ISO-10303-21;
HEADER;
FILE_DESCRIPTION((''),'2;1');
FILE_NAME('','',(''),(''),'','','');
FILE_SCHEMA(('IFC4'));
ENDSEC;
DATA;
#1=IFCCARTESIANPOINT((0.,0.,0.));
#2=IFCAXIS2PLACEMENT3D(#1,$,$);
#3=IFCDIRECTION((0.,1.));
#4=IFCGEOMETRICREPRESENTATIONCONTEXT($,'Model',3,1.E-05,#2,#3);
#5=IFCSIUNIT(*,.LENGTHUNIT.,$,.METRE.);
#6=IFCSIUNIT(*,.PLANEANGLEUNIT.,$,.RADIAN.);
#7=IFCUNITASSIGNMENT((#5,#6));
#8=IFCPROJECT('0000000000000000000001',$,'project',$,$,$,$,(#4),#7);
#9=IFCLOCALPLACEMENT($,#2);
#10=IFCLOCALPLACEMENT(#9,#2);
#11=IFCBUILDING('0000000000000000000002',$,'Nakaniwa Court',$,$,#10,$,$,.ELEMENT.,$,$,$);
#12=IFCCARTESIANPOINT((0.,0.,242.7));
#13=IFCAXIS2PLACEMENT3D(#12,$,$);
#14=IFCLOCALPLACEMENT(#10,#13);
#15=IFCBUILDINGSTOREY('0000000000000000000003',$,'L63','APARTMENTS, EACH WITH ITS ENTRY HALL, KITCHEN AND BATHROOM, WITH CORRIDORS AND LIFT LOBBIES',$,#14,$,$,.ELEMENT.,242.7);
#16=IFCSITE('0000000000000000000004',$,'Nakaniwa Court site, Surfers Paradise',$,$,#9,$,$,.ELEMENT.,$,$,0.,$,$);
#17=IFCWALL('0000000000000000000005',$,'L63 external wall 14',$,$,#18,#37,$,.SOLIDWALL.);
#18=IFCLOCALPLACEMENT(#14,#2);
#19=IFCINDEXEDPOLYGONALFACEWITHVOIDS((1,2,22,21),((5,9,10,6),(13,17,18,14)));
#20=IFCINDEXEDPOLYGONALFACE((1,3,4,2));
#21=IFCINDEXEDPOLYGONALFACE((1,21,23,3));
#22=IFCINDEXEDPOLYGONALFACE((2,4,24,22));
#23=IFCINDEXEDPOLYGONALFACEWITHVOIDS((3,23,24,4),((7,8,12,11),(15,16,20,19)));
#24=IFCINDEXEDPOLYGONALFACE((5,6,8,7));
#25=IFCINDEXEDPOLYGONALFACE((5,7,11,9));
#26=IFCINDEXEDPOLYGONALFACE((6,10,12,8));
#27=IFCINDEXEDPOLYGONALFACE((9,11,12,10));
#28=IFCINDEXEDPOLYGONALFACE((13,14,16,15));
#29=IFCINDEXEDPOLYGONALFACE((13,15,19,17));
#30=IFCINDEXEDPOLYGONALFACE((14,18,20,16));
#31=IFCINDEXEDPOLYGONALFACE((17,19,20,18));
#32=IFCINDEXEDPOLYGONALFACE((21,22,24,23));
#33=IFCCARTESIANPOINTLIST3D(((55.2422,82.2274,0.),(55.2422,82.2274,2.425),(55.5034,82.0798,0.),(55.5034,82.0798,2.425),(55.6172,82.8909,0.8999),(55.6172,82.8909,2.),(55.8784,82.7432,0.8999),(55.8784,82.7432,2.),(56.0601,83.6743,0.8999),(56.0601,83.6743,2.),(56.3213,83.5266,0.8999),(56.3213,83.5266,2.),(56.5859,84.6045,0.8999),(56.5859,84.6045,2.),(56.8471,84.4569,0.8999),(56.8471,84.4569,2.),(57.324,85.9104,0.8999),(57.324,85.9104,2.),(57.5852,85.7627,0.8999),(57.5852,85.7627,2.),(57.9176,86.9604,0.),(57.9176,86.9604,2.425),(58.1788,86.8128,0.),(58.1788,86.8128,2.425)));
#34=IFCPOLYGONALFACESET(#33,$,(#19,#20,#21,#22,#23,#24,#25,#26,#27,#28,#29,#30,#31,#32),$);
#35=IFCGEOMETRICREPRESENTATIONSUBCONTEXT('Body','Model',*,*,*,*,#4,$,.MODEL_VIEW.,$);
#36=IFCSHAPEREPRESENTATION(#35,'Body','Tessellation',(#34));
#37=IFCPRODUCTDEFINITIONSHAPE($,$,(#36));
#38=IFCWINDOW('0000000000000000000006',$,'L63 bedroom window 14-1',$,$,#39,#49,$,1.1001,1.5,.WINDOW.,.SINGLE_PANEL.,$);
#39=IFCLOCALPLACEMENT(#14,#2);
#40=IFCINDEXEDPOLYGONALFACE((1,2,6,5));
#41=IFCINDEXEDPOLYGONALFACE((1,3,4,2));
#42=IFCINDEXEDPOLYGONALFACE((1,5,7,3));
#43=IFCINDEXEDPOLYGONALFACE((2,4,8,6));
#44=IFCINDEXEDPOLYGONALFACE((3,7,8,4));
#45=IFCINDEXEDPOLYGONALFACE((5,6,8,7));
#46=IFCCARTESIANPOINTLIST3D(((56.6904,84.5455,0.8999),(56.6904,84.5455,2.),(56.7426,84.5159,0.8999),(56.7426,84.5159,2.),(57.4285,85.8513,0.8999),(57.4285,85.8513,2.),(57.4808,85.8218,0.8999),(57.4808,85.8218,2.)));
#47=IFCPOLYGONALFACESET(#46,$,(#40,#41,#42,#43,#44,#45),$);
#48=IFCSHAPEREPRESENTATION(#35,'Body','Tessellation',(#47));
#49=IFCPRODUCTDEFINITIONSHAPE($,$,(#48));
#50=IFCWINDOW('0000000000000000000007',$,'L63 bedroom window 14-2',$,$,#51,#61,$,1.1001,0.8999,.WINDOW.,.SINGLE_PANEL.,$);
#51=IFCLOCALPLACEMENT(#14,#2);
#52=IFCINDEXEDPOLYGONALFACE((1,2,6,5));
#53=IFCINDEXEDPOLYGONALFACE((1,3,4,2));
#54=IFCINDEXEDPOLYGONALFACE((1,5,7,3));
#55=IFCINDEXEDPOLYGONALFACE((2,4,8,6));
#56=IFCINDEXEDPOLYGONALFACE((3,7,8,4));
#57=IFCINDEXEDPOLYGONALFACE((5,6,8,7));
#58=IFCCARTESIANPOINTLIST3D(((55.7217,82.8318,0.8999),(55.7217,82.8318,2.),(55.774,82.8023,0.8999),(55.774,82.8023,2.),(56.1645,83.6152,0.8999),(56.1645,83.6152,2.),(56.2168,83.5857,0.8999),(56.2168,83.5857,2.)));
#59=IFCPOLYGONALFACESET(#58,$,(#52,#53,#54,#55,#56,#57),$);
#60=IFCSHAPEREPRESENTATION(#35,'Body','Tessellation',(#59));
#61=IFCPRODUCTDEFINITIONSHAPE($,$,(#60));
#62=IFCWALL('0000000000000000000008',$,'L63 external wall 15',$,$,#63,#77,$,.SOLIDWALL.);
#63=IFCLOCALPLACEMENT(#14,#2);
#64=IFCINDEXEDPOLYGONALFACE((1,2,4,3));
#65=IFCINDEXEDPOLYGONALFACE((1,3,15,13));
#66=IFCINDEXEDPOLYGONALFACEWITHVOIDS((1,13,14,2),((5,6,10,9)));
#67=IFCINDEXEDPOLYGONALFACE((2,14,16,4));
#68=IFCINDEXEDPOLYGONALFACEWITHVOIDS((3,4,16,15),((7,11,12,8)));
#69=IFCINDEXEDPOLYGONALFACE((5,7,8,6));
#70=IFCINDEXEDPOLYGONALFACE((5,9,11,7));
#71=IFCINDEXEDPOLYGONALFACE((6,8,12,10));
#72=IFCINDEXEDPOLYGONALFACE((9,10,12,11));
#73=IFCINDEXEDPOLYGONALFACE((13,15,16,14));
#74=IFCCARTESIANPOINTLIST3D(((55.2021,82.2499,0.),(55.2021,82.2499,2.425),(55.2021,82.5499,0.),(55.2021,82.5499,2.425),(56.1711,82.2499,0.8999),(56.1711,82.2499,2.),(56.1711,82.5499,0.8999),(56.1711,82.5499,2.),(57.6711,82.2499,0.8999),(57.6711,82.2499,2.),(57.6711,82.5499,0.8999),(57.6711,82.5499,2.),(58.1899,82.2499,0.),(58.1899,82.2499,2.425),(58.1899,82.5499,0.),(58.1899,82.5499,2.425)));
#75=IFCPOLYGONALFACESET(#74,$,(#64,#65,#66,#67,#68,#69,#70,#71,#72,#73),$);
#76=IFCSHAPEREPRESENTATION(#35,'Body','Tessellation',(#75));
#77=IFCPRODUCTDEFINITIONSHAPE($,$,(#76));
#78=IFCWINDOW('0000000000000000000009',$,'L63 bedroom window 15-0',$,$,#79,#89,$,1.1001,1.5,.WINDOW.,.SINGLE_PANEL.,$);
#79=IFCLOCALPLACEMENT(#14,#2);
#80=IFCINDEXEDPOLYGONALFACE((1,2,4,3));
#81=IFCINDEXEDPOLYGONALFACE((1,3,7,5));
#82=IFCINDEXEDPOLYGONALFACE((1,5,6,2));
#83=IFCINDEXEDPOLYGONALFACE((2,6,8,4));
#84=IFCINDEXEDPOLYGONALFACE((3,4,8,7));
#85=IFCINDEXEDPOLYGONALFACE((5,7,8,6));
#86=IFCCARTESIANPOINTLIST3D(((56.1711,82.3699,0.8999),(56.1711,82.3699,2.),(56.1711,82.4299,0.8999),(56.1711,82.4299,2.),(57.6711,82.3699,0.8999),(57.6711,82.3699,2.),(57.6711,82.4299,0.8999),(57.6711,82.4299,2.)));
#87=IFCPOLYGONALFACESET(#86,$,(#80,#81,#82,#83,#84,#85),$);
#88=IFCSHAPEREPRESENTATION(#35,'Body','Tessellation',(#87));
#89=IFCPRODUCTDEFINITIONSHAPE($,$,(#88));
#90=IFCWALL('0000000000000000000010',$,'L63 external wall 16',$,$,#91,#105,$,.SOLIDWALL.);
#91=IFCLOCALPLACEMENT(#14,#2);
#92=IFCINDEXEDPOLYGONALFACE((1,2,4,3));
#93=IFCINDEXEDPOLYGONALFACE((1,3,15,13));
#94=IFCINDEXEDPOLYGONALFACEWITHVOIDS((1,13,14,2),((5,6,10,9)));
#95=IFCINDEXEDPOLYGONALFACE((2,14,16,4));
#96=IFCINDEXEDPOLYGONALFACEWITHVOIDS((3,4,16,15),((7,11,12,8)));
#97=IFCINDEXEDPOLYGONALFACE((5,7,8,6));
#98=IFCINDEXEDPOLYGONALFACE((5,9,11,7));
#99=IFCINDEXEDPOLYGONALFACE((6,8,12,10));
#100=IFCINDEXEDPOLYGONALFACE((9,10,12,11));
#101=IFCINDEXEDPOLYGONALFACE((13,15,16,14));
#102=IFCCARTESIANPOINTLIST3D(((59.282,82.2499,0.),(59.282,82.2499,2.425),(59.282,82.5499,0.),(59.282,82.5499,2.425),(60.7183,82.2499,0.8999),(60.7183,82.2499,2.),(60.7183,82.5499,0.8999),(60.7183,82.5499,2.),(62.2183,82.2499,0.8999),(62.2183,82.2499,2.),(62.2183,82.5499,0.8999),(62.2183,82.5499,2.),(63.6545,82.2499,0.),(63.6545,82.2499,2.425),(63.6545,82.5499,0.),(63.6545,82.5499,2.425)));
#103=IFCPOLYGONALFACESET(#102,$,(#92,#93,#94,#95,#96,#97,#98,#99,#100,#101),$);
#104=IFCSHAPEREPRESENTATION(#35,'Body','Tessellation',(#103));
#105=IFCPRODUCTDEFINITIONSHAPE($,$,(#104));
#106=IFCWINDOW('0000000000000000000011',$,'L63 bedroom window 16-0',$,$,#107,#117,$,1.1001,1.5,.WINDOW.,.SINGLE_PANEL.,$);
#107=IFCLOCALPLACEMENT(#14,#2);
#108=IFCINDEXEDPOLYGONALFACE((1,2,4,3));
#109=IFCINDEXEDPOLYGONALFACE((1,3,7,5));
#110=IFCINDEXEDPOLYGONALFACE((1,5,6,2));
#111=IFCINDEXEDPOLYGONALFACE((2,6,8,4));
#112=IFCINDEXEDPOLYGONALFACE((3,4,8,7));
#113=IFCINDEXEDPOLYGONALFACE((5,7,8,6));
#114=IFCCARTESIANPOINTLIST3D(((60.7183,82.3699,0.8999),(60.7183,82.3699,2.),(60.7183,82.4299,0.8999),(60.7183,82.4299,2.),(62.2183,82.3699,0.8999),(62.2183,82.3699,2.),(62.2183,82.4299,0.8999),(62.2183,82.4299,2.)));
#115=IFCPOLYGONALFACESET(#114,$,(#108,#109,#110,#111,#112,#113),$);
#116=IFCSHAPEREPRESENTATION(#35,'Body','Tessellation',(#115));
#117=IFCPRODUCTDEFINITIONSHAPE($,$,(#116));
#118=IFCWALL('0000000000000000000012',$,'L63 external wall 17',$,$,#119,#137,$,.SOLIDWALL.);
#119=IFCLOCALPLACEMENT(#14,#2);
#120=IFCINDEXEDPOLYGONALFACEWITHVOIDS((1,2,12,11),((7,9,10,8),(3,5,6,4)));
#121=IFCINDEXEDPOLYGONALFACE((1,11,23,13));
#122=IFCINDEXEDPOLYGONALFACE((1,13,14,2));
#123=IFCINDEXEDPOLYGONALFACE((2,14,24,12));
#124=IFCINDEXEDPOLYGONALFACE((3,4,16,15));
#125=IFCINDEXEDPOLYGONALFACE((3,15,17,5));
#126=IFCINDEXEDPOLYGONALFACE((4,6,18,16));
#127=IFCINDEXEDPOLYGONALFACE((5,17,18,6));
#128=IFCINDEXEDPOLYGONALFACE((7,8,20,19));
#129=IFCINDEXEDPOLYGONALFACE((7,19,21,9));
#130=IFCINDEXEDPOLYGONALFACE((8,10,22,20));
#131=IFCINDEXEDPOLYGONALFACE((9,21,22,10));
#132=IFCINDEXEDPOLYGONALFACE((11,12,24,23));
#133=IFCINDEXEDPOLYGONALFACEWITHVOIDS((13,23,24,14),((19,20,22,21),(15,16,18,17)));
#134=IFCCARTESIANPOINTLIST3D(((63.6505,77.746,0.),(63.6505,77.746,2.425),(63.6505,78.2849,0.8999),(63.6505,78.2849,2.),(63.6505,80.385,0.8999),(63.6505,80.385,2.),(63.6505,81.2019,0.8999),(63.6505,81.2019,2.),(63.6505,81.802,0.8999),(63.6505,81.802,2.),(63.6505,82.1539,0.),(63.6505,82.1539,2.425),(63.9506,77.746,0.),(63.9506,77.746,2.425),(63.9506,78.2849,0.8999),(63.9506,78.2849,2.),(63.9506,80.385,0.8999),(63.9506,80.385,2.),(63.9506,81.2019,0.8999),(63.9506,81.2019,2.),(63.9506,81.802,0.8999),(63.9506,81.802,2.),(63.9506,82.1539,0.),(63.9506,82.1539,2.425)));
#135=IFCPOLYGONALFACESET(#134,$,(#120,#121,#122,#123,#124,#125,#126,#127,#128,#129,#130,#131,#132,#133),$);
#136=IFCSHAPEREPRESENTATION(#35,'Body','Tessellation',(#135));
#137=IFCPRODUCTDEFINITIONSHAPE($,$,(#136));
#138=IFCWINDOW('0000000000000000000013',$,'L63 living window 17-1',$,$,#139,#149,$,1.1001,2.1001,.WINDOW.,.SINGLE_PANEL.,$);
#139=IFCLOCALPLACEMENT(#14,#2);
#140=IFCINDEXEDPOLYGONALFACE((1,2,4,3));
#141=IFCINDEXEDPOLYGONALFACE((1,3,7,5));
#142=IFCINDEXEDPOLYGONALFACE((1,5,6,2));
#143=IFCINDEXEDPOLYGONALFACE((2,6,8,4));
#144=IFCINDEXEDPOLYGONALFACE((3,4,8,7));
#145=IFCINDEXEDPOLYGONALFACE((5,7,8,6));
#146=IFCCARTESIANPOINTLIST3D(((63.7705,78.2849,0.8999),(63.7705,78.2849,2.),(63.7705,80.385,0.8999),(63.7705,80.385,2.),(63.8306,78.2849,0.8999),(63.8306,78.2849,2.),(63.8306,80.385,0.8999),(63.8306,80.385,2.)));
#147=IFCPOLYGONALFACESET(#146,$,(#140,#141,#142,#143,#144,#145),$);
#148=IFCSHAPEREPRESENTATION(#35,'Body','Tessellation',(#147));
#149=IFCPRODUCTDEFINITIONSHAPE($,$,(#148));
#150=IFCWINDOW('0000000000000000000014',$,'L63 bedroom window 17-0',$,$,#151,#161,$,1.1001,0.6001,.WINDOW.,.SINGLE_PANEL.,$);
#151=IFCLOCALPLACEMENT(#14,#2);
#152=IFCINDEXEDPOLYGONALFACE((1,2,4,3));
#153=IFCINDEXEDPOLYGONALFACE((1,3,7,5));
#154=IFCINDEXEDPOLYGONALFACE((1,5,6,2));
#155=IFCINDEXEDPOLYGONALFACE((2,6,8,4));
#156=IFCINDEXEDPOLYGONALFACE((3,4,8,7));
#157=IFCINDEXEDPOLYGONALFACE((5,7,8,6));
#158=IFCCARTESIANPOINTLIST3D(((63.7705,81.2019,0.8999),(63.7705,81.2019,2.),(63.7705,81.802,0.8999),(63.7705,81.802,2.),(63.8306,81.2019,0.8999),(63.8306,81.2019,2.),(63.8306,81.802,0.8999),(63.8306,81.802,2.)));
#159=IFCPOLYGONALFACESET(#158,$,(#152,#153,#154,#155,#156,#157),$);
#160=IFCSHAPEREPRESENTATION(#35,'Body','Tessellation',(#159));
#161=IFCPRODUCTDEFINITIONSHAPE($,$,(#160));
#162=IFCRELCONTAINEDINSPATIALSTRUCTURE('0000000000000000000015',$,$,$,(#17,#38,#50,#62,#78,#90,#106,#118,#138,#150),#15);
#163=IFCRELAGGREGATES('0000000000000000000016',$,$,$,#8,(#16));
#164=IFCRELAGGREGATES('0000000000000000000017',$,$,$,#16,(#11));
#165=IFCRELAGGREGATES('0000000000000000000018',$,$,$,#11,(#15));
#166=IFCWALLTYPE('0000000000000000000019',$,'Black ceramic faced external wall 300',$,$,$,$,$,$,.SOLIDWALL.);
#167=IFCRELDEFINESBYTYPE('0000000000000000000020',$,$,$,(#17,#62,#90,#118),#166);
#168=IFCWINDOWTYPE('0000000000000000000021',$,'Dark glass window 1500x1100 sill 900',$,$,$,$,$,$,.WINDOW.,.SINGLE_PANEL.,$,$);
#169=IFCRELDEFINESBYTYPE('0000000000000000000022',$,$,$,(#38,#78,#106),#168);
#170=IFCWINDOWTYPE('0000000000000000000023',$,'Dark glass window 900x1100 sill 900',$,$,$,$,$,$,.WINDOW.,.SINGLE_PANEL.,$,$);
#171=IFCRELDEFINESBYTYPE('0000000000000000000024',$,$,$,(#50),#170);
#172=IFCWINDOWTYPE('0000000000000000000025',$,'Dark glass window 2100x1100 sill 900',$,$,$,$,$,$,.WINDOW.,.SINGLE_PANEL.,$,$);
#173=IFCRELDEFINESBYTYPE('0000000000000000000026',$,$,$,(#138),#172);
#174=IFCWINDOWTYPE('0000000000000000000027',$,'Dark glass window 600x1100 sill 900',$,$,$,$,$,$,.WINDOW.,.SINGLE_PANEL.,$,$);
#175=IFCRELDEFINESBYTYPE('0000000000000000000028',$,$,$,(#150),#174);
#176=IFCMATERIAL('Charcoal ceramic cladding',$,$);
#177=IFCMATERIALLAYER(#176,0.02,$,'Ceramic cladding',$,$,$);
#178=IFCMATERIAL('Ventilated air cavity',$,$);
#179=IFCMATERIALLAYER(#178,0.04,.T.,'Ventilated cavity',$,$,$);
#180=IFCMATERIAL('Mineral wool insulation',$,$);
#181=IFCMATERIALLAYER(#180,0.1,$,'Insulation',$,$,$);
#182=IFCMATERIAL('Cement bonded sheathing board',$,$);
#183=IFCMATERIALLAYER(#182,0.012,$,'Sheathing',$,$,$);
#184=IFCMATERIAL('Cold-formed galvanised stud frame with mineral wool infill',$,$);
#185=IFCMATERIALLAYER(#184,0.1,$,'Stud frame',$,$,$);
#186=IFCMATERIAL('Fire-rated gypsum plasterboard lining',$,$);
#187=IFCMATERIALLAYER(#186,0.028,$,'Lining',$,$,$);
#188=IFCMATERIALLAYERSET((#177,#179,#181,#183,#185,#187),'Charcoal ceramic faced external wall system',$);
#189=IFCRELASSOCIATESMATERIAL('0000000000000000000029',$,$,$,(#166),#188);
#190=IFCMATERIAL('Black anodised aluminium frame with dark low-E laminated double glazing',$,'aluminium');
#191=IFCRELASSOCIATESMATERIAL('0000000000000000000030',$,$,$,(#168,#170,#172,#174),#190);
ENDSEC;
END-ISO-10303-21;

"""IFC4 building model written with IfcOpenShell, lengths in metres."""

from ifc_helpers import new_model, si_unit, direction, frame, frame_2d, origin, place, context, subcontext, project, spatial, rectangle, extrude, material, layer, layer_set, type_object, element, fill, save


model = new_model("IFC4")

# Units and contexts
model_context = context("Model", 3, precision=1e-05, world=origin(), true_north=direction((0.0, 1.0)))
body_context = subcontext(model_context, "Body", "Model", "MODEL_VIEW")
ifc_project = project(units=[si_unit("LENGTHUNIT", "METRE"), si_unit("PLANEANGLEUNIT", "RADIAN")], contexts=[model_context])

# Site, building, storey
site_placement = place(None, origin())
site = spatial("IfcSite", under=ifc_project, at=site_placement, Name="Nakaniwa Court site, Surfers Paradise", CompositionType="ELEMENT", RefElevation=0.0)
building_placement = place(site_placement, origin())
building = spatial("IfcBuilding", under=site, at=building_placement, Name="Nakaniwa Court", CompositionType="ELEMENT")
storey_placement = place(building_placement, frame((0.0, 0.0, 242.7)))
storey = spatial("IfcBuildingStorey", under=building, at=storey_placement, Name="L63", Description="APARTMENTS, EACH WITH ITS ENTRY HALL, KITCHEN AND BATHROOM, WITH CORRIDORS AND LIFT LOBBIES", CompositionType="ELEMENT", Elevation=242.7)

# Shared definitions
ifc_material_1 = material(Name="Charcoal ceramic cladding")
ifc_layer_1 = layer(ifc_material_1, 0.02, Name="Ceramic cladding")
ifc_material_2 = material(Name="Ventilated air cavity")
ifc_layer_2 = layer(ifc_material_2, 0.04, ventilated=True, Name="Ventilated cavity")
ifc_material_3 = material(Name="Mineral wool insulation")
ifc_layer_3 = layer(ifc_material_3, 0.1, Name="Insulation")
ifc_material_4 = material(Name="Cement bonded sheathing board")
ifc_layer_4 = layer(ifc_material_4, 0.012, Name="Sheathing")
ifc_material_5 = material(Name="Cold-formed galvanised stud frame with mineral wool infill")
ifc_layer_5 = layer(ifc_material_5, 0.1, Name="Stud frame")
ifc_material_6 = material(Name="Fire-rated gypsum plasterboard lining")
ifc_layer_6 = layer(ifc_material_6, 0.028, Name="Lining")
ifc_layer_set_1 = layer_set([ifc_layer_1, ifc_layer_2, ifc_layer_3, ifc_layer_4, ifc_layer_5, ifc_layer_6], Name="Charcoal ceramic faced external wall system")
wall_type_1 = type_object("IfcWallType", Name="Black ceramic faced external wall 300", PredefinedType="SOLIDWALL", material=ifc_layer_set_1)

# Wall, openings, windows
wall_1_placement = place(storey_placement, frame((58.0481, 86.8865, 0.0), z_axis=(0.0, 0.0, 1.0), x_axis=(-0.492081, -0.870549, 0.0)))
wall_1 = element("IfcWall", 1, at=wall_1_placement, inside=storey, type_object=wall_type_1, Name="L63 external wall 14", PredefinedType="SOLIDWALL", context=body_context, shape_type="SweptSolid", body=[
    extrude(rectangle(XDim=5.4368, YDim=0.3, at=frame_2d((2.7183, 0.0))), origin(), (0.0, 0.0, 1.0), 2.425),
])
opening_1_placement = place(wall_1_placement, frame((1.2061, 0.0, 0.8999)))
opening_1 = element("IfcOpeningElement", 2, at=opening_1_placement, cuts=wall_1, PredefinedType="OPENING", context=body_context, shape_type="SweptSolid", body=[
    extrude(rectangle(XDim=1.5, YDim=1.1001, at=frame_2d((0.75, 0.55))), frame((0.0, 0.1599, 0.0), z_axis=(0.0, -1.0, 0.0), x_axis=(1.0, 0.0, 0.0)), (0.0, 0.0, 1.0), 0.3201),
])
opening_2_placement = place(wall_1_placement, frame((3.7747, 0.0, 0.8999)))
opening_2 = element("IfcOpeningElement", 3, at=opening_2_placement, cuts=wall_1, PredefinedType="OPENING", context=body_context, shape_type="SweptSolid", body=[
    extrude(rectangle(XDim=0.8999, YDim=1.1001, at=frame_2d((0.45, 0.55))), frame((0.0, 0.1599, 0.0), z_axis=(0.0, -1.0, 0.0), x_axis=(1.0, 0.0, 0.0)), (0.0, 0.0, 1.0), 0.3201),
])
ifc_material_7 = material(Name="Black anodised aluminium frame with dark low-E laminated double glazing", Category="aluminium")
window_type_1 = type_object("IfcWindowType", Name="Dark glass window 1500x1100 sill 900", PartitioningType="SINGLE_PANEL", PredefinedType="WINDOW", material=ifc_material_7)
window_1_placement = place(opening_1_placement, origin())
window_1 = element("IfcWindow", 4, at=window_1_placement, inside=storey, type_object=window_type_1, Name="L63 bedroom window 14-1", OverallHeight=1.1001, OverallWidth=1.5, PartitioningType="SINGLE_PANEL", PredefinedType="WINDOW", context=body_context, shape_type="SweptSolid", body=[
    extrude(rectangle(XDim=1.5, YDim=1.1001, at=frame_2d((0.75, 0.55))), frame((0.0, 0.03, 0.0), z_axis=(0.0, -1.0, 0.0), x_axis=(1.0, 0.0, 0.0)), (0.0, 0.0, 1.0), 0.0601),
])
fill(opening_1, window_1)
window_type_2 = type_object("IfcWindowType", Name="Dark glass window 900x1100 sill 900", PartitioningType="SINGLE_PANEL", PredefinedType="WINDOW", material=ifc_material_7)
window_2_placement = place(opening_2_placement, origin())
window_2 = element("IfcWindow", 5, at=window_2_placement, inside=storey, type_object=window_type_2, Name="L63 bedroom window 14-2", OverallHeight=1.1001, OverallWidth=0.8999, PartitioningType="SINGLE_PANEL", PredefinedType="WINDOW", context=body_context, shape_type="SweptSolid", body=[
    extrude(rectangle(XDim=0.8999, YDim=1.1001, at=frame_2d((0.45, 0.55))), frame((0.0, 0.03, 0.0), z_axis=(0.0, -1.0, 0.0), x_axis=(1.0, 0.0, 0.0)), (0.0, 0.0, 1.0), 0.0601),
])
fill(opening_2, window_2)

# Walls, openings, windows
wall_2_placement = place(storey_placement, frame((55.2021, 82.3999, 0.0), z_axis=(0.0, 0.0, 1.0), x_axis=(1.0, 0.0, 0.0)))
wall_2 = element("IfcWall", 6, at=wall_2_placement, inside=storey, type_object=wall_type_1, Name="L63 external wall 15", PredefinedType="SOLIDWALL", context=body_context, shape_type="SweptSolid", body=[
    extrude(rectangle(XDim=2.9878, YDim=0.3, at=frame_2d((1.4939, 0.0))), origin(), (0.0, 0.0, 1.0), 2.425),
])
opening_3_placement = place(wall_2_placement, frame((0.969, 0.0, 0.8999)))
opening_3 = element("IfcOpeningElement", 7, at=opening_3_placement, cuts=wall_2, PredefinedType="OPENING", context=body_context, shape_type="SweptSolid", body=[
    extrude(rectangle(XDim=1.5, YDim=1.1001, at=frame_2d((0.75, 0.55))), frame((0.0, 0.1599, 0.0), z_axis=(0.0, -1.0, 0.0), x_axis=(1.0, 0.0, 0.0)), (0.0, 0.0, 1.0), 0.3201),
])
window_3_placement = place(opening_3_placement, origin())
window_3 = element("IfcWindow", 8, at=window_3_placement, inside=storey, type_object=window_type_1, Name="L63 bedroom window 15-0", OverallHeight=1.1001, OverallWidth=1.5, PartitioningType="SINGLE_PANEL", PredefinedType="WINDOW", context=body_context, shape_type="SweptSolid", body=[
    extrude(rectangle(XDim=1.5, YDim=1.1001, at=frame_2d((0.75, 0.55))), frame((0.0, 0.03, 0.0), z_axis=(0.0, -1.0, 0.0), x_axis=(1.0, 0.0, 0.0)), (0.0, 0.0, 1.0), 0.0601),
])
fill(opening_3, window_3)
wall_3_placement = place(storey_placement, frame((59.282, 82.3999, 0.0), z_axis=(0.0, 0.0, 1.0), x_axis=(1.0, 0.0, 0.0)))
wall_3 = element("IfcWall", 9, at=wall_3_placement, inside=storey, type_object=wall_type_1, Name="L63 external wall 16", PredefinedType="SOLIDWALL", context=body_context, shape_type="SweptSolid", body=[
    extrude(rectangle(XDim=4.3726, YDim=0.3, at=frame_2d((2.1863, 0.0))), origin(), (0.0, 0.0, 1.0), 2.425),
])
opening_4_placement = place(wall_3_placement, frame((1.4363, 0.0, 0.8999)))
opening_4 = element("IfcOpeningElement", 10, at=opening_4_placement, cuts=wall_3, PredefinedType="OPENING", context=body_context, shape_type="SweptSolid", body=[
    extrude(rectangle(XDim=1.5, YDim=1.1001, at=frame_2d((0.75, 0.55))), frame((0.0, 0.1599, 0.0), z_axis=(0.0, -1.0, 0.0), x_axis=(1.0, 0.0, 0.0)), (0.0, 0.0, 1.0), 0.3201),
])
window_4_placement = place(opening_4_placement, origin())
window_4 = element("IfcWindow", 11, at=window_4_placement, inside=storey, type_object=window_type_1, Name="L63 bedroom window 16-0", OverallHeight=1.1001, OverallWidth=1.5, PartitioningType="SINGLE_PANEL", PredefinedType="WINDOW", context=body_context, shape_type="SweptSolid", body=[
    extrude(rectangle(XDim=1.5, YDim=1.1001, at=frame_2d((0.75, 0.55))), frame((0.0, 0.03, 0.0), z_axis=(0.0, -1.0, 0.0), x_axis=(1.0, 0.0, 0.0)), (0.0, 0.0, 1.0), 0.0601),
])
fill(opening_4, window_4)

# Wall, openings, windows
wall_4_placement = place(storey_placement, frame((63.8005, 82.1541, 0.0), z_axis=(0.0, 0.0, 1.0), x_axis=(0.0, -1.0, 0.0)))
wall_4 = element("IfcWall", 12, at=wall_4_placement, inside=storey, type_object=wall_type_1, Name="L63 external wall 17", PredefinedType="SOLIDWALL", context=body_context, shape_type="SweptSolid", body=[
    extrude(rectangle(XDim=4.408, YDim=0.3, at=frame_2d((2.2041, 0.0))), origin(), (0.0, 0.0, 1.0), 2.425),
])
opening_5_placement = place(wall_4_placement, frame((0.3521, 0.0, 0.8999)))
opening_5 = element("IfcOpeningElement", 13, at=opening_5_placement, cuts=wall_4, PredefinedType="OPENING", context=body_context, shape_type="SweptSolid", body=[
    extrude(rectangle(XDim=0.6001, YDim=1.1001, at=frame_2d((0.3, 0.55))), frame((0.0, 0.1599, 0.0), z_axis=(0.0, -1.0, 0.0), x_axis=(1.0, 0.0, 0.0)), (0.0, 0.0, 1.0), 0.3201),
])
opening_6_placement = place(wall_4_placement, frame((1.769, 0.0, 0.8999)))
opening_6 = element("IfcOpeningElement", 14, at=opening_6_placement, cuts=wall_4, PredefinedType="OPENING", context=body_context, shape_type="SweptSolid", body=[
    extrude(rectangle(XDim=2.1001, YDim=1.1001, at=frame_2d((1.05, 0.55))), frame((0.0, 0.1599, 0.0), z_axis=(0.0, -1.0, 0.0), x_axis=(1.0, 0.0, 0.0)), (0.0, 0.0, 1.0), 0.3201),
])
window_type_3 = type_object("IfcWindowType", Name="Dark glass window 2100x1100 sill 900", PartitioningType="SINGLE_PANEL", PredefinedType="WINDOW", material=ifc_material_7)
window_5_placement = place(opening_6_placement, origin())
window_5 = element("IfcWindow", 15, at=window_5_placement, inside=storey, type_object=window_type_3, Name="L63 living window 17-1", OverallHeight=1.1001, OverallWidth=2.1001, PartitioningType="SINGLE_PANEL", PredefinedType="WINDOW", context=body_context, shape_type="SweptSolid", body=[
    extrude(rectangle(XDim=2.1001, YDim=1.1001, at=frame_2d((1.05, 0.55))), frame((0.0, 0.03, 0.0), z_axis=(0.0, -1.0, 0.0), x_axis=(1.0, 0.0, 0.0)), (0.0, 0.0, 1.0), 0.0601),
])
fill(opening_6, window_5)
window_type_4 = type_object("IfcWindowType", Name="Dark glass window 600x1100 sill 900", PartitioningType="SINGLE_PANEL", PredefinedType="WINDOW", material=ifc_material_7)
window_6_placement = place(opening_5_placement, origin())
window_6 = element("IfcWindow", 16, at=window_6_placement, inside=storey, type_object=window_type_4, Name="L63 bedroom window 17-0", OverallHeight=1.1001, OverallWidth=0.6001, PartitioningType="SINGLE_PANEL", PredefinedType="WINDOW", context=body_context, shape_type="SweptSolid", body=[
    extrude(rectangle(XDim=0.6001, YDim=1.1001, at=frame_2d((0.3, 0.55))), frame((0.0, 0.03, 0.0), z_axis=(0.0, -1.0, 0.0), x_axis=(1.0, 0.0, 0.0)), (0.0, 0.0, 1.0), 0.0601),
])
fill(opening_5, window_6)

save(model, "model.ifc")
